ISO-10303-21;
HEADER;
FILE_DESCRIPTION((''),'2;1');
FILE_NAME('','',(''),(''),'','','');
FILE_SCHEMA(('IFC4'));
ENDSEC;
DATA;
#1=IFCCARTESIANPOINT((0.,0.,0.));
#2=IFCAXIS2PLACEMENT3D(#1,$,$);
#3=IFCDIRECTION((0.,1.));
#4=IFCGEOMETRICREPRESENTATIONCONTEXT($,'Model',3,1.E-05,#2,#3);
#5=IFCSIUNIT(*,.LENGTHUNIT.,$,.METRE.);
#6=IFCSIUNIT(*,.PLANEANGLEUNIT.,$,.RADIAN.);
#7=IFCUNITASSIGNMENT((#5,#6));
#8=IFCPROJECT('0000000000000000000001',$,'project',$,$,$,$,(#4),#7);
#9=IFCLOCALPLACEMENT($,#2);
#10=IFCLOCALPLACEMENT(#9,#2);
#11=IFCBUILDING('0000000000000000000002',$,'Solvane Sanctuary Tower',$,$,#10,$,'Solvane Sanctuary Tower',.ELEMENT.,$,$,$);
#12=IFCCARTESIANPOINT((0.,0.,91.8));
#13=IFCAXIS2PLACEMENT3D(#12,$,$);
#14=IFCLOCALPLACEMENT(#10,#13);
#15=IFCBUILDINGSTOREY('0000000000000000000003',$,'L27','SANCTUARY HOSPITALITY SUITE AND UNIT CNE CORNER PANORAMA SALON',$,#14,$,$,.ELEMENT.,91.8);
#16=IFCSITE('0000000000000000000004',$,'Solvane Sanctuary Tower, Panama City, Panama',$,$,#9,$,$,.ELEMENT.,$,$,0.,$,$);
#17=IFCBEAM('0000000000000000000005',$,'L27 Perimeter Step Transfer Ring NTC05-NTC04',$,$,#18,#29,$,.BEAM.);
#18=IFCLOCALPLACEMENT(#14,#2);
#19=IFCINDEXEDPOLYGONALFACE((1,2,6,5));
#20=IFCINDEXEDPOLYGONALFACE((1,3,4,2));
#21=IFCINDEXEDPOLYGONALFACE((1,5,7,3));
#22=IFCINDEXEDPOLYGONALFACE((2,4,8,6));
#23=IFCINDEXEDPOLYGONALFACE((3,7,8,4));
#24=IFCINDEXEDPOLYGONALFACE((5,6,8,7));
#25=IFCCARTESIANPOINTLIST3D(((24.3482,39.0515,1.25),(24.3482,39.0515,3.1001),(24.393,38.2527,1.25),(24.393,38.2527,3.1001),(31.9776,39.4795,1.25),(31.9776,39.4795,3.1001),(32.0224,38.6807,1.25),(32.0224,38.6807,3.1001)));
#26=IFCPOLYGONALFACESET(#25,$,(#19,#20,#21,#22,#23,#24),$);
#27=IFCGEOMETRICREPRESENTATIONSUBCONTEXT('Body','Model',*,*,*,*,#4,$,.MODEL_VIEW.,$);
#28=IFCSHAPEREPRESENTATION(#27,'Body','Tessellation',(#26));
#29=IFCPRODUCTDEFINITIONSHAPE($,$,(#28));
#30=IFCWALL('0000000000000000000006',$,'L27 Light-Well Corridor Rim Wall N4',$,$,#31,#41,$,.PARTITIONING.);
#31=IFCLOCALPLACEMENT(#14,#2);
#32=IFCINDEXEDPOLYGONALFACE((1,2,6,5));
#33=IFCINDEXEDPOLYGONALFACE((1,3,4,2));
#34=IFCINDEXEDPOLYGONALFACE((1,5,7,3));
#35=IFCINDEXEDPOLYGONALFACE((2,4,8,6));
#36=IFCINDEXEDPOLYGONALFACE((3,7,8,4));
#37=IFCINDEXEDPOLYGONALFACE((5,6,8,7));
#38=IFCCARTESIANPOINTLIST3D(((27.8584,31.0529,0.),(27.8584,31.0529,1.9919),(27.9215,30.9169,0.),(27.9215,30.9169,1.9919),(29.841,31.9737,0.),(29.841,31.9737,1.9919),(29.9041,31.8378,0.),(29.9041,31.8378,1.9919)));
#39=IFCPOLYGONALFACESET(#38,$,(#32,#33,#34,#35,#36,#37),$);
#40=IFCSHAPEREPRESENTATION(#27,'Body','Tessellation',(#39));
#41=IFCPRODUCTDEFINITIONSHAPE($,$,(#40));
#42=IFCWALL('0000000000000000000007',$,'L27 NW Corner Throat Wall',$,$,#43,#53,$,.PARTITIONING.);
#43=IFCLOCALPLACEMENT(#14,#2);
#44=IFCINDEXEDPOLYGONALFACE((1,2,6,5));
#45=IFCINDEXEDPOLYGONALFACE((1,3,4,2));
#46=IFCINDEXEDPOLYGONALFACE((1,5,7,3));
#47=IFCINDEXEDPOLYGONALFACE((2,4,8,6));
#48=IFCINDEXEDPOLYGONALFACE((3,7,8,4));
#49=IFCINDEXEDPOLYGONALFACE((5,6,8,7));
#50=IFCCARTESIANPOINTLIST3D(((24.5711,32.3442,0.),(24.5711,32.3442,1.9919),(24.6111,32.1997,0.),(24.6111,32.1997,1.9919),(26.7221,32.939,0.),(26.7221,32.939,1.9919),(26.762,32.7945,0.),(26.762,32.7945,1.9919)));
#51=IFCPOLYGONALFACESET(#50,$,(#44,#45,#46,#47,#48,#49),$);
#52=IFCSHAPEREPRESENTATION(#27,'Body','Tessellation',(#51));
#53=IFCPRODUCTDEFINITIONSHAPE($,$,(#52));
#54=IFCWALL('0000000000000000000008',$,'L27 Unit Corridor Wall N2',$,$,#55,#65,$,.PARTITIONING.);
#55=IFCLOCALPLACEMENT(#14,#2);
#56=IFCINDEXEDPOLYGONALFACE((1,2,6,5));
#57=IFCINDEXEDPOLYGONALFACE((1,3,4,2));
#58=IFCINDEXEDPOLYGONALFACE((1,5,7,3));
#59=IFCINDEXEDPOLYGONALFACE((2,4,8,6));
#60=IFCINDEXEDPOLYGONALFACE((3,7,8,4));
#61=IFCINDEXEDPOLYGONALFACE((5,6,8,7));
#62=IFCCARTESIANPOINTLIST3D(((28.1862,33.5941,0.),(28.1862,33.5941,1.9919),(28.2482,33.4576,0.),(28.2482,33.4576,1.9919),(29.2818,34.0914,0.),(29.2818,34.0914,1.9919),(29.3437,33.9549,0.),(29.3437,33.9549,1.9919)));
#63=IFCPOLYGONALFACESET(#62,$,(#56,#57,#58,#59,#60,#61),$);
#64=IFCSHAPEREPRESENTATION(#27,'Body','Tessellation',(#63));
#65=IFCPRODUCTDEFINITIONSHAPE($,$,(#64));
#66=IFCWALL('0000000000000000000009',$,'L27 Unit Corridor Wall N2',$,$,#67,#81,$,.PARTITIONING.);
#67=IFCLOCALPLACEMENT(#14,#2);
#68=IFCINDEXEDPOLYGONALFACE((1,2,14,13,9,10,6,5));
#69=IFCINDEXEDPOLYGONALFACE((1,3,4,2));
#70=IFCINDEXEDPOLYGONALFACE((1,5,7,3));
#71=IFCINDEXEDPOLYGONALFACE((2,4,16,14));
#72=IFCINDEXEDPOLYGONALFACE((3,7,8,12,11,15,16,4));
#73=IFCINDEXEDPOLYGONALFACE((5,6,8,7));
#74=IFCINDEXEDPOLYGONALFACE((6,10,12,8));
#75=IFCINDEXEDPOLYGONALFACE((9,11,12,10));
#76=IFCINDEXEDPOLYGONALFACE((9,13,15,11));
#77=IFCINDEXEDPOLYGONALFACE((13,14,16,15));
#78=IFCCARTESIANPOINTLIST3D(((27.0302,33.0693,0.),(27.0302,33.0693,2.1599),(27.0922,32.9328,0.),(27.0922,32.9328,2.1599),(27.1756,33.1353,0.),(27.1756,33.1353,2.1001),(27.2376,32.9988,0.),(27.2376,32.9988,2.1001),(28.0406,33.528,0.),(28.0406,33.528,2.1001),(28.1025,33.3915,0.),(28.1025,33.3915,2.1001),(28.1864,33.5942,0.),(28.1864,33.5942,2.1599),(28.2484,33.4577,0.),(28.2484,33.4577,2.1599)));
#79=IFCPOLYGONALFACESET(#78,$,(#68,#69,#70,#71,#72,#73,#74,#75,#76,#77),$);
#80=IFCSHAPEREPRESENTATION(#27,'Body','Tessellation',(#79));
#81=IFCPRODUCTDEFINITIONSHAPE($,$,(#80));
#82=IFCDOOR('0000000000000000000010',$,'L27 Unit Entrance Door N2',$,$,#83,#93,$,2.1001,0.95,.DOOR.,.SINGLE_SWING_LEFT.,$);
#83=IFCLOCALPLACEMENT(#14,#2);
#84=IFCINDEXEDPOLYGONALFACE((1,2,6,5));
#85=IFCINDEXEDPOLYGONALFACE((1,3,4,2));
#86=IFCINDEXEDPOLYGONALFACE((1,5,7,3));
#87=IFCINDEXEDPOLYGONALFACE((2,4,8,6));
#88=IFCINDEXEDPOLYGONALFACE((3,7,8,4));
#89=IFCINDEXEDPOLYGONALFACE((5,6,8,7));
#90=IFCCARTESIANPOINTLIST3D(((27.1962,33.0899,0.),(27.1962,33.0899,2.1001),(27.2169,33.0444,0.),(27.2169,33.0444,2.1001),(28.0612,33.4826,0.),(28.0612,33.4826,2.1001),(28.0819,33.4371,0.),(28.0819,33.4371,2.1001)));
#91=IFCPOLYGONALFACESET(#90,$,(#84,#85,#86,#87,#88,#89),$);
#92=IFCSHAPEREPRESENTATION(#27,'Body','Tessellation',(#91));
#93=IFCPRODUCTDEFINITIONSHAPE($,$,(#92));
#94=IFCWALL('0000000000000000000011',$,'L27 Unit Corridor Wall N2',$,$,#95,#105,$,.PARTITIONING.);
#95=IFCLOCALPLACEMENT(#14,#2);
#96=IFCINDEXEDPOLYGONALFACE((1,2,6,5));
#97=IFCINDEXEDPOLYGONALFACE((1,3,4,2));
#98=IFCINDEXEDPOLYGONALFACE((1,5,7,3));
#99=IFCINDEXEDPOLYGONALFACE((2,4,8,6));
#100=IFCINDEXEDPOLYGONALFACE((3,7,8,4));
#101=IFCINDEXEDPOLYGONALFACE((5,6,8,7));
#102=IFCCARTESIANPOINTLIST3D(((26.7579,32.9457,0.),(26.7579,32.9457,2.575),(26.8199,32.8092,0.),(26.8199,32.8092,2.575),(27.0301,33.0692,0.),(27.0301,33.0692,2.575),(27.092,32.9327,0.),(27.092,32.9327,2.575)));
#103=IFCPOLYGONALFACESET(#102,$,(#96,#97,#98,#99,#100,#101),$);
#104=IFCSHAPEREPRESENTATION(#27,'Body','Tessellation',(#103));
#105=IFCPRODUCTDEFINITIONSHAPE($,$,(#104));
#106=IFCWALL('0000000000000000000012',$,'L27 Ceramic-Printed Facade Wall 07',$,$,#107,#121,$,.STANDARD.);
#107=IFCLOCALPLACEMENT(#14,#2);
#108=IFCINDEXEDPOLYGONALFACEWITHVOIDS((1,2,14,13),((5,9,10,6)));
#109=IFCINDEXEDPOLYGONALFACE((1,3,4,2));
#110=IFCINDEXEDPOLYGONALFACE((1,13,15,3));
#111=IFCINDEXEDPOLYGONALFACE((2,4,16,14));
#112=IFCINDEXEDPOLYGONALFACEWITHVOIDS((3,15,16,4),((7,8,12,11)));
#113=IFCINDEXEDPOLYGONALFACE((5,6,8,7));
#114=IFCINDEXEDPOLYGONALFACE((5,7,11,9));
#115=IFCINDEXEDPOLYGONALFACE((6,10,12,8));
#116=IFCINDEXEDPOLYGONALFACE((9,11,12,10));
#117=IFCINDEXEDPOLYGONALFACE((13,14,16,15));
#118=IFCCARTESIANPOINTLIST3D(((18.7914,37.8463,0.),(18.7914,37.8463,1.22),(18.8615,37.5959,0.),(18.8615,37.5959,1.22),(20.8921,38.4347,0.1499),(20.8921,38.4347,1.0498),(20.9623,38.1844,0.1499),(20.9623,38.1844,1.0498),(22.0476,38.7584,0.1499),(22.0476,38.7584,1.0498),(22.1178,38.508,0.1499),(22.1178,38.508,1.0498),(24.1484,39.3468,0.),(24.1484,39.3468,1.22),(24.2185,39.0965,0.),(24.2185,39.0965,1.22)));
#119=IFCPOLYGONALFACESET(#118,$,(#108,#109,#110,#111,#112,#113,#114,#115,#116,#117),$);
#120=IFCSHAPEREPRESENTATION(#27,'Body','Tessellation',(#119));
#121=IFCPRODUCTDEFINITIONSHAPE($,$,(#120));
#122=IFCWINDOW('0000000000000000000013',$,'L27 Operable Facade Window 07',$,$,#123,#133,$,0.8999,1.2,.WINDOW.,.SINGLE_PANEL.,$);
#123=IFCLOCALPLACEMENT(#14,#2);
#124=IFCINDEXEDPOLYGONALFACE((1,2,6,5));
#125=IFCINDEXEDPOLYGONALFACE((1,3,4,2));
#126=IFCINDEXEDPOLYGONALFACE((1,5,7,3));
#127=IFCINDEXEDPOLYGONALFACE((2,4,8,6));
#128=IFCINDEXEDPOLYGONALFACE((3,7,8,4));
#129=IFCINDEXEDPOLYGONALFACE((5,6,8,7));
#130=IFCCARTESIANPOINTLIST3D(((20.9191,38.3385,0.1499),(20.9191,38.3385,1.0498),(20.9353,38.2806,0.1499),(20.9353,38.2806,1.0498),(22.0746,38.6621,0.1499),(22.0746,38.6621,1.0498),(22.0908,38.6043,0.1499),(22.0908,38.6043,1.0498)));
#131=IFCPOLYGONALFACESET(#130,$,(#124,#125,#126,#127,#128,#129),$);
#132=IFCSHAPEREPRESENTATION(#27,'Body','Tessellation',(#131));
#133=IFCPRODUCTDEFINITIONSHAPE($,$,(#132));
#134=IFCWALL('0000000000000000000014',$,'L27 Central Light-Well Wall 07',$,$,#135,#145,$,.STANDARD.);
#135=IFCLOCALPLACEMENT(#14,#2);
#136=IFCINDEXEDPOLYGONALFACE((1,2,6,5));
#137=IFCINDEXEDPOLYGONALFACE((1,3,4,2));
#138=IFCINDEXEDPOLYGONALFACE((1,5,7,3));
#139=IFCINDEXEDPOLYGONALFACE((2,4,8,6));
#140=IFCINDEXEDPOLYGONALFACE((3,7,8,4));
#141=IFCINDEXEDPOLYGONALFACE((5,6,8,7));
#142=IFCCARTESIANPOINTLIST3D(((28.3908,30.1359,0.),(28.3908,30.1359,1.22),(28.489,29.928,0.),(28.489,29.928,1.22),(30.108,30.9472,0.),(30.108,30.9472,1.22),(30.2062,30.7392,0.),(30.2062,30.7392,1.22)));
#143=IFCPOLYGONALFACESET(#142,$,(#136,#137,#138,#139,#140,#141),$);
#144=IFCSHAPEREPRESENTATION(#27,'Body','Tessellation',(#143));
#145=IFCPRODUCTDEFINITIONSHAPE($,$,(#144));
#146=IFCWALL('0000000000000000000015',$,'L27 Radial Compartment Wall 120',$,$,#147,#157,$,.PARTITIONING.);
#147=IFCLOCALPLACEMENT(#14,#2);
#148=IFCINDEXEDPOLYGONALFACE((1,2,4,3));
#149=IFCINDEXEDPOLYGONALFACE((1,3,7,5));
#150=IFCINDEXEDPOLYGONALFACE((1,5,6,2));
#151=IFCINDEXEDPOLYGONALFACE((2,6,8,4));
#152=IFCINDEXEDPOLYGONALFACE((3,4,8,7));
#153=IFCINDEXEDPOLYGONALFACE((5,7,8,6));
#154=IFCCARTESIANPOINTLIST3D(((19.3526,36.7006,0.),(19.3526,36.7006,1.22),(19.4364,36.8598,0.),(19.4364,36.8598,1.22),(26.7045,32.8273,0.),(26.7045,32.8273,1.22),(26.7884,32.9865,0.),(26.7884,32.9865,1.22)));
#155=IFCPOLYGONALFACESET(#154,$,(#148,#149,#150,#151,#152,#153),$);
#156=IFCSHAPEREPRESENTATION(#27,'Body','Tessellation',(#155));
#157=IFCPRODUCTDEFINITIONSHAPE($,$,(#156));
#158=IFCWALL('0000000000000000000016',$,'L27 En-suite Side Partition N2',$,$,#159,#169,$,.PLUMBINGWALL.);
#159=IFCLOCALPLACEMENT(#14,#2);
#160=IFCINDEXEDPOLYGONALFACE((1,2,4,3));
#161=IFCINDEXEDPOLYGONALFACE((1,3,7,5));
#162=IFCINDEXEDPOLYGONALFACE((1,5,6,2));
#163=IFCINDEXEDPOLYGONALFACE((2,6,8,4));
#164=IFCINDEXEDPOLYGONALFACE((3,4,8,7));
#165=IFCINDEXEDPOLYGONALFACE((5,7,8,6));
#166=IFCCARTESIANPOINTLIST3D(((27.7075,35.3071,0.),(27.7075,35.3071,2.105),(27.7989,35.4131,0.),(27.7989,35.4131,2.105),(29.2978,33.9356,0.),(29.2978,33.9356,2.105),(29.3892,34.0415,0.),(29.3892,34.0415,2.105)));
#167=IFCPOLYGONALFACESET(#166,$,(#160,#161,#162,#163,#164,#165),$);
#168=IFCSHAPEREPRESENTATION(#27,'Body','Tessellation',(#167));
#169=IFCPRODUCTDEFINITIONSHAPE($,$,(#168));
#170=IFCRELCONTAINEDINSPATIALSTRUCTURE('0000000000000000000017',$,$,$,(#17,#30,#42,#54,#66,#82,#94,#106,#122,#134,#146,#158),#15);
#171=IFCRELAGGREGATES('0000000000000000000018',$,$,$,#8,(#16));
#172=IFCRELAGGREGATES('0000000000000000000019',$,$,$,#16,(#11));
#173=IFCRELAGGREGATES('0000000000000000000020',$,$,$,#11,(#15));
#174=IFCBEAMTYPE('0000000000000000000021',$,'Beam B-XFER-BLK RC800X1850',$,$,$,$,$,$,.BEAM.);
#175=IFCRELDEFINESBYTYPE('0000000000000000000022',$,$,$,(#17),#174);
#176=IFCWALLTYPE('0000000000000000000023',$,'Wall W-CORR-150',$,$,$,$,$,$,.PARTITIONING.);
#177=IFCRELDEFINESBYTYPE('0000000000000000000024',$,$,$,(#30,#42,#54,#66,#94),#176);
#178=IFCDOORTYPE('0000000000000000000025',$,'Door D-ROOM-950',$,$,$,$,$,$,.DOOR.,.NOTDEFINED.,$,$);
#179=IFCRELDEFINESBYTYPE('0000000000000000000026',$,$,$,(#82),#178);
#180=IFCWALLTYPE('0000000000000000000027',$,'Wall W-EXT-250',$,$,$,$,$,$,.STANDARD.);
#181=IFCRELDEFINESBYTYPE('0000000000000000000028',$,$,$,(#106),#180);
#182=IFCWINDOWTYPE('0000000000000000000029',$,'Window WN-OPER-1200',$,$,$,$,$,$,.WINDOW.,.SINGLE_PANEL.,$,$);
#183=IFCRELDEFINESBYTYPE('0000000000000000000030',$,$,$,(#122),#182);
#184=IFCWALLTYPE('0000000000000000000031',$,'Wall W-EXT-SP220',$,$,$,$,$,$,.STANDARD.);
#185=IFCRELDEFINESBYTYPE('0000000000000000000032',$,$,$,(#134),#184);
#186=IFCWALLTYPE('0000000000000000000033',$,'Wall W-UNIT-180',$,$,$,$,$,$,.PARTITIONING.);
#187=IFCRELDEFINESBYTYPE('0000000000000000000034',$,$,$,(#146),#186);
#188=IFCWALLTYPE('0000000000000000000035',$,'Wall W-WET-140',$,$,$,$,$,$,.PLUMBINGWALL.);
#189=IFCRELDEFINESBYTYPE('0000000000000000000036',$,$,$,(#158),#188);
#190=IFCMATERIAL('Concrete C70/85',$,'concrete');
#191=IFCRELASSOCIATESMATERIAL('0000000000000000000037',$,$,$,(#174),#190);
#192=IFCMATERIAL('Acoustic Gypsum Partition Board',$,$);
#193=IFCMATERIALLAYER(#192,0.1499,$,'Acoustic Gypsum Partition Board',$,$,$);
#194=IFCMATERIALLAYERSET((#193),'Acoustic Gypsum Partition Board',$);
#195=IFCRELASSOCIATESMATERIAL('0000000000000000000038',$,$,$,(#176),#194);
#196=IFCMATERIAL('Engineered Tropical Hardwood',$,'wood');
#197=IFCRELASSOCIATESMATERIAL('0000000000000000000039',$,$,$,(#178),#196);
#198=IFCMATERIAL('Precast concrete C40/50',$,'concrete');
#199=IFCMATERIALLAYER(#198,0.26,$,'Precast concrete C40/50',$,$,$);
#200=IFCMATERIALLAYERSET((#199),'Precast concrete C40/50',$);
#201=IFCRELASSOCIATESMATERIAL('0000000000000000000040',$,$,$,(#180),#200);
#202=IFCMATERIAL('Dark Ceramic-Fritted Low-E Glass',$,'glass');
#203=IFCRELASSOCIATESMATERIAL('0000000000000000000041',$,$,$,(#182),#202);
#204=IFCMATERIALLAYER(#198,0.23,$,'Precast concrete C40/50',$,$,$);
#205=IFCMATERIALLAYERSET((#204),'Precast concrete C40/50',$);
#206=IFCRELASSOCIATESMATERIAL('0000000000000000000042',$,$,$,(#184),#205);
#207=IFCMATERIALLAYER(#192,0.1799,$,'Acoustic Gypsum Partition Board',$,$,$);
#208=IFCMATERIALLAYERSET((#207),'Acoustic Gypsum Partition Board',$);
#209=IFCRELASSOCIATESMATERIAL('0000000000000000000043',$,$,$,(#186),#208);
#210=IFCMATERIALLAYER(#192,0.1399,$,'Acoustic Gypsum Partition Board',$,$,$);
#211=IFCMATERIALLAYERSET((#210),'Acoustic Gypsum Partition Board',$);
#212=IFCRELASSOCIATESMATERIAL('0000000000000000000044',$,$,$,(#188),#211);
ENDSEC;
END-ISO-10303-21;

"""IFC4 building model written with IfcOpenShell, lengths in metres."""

from ifc_helpers import new_model, si_unit, direction, frame, frame_2d, origin, origin_2d, place, context, subcontext, project, spatial, rectangle, extrude, material, layer, layer_set, material_profile, profile_set, type_object, element, fill, save


model = new_model("IFC4")

# Units and contexts
model_context = context("Model", 3, precision=1e-05, world=origin(), true_north=direction((0.0, 1.0)))
body_context = subcontext(model_context, "Body", "Model", "MODEL_VIEW")
ifc_project = project(units=[si_unit("LENGTHUNIT", "METRE"), si_unit("PLANEANGLEUNIT", "RADIAN")], contexts=[model_context])

# Site, building, storey
site_placement = place(None, origin())
site = spatial("IfcSite", under=ifc_project, at=site_placement, Name="Solvane Sanctuary Tower, Panama City, Panama", CompositionType="ELEMENT", RefElevation=0.0)
building_placement = place(site_placement, origin())
building = spatial("IfcBuilding", under=site, at=building_placement, Name="Solvane Sanctuary Tower", LongName="Solvane Sanctuary Tower", CompositionType="ELEMENT")
storey_placement = place(building_placement, frame((0.0, 0.0, 91.8)))
storey = spatial("IfcBuildingStorey", under=building, at=storey_placement, Name="L27", Description="SANCTUARY HOSPITALITY SUITE AND UNIT CNE CORNER PANORAMA SALON", CompositionType="ELEMENT", Elevation=91.8)

# Beam
ifc_material_1 = material(Name="Concrete C70/85", Category="concrete")
ifc_material_profile_1 = material_profile(ifc_material_1, rectangle(XDim=0.8, YDim=1.8501, at=origin_2d()), Name="RC800X1850")
ifc_profile_set_1 = profile_set([ifc_material_profile_1], Name="Concrete C70/85")
beam_type_1 = type_object("IfcBeamType", Name="Beam B-XFER-BLK RC800X1850", PredefinedType="BEAM", material=ifc_profile_set_1)
beam_1_placement = place(storey_placement, frame((24.3706, 38.6521, 2.175), z_axis=(0.99843, 0.056008, 0.0), x_axis=(-0.056008, 0.99843, 0.0)))
element("IfcBeam", 1, at=beam_1_placement, inside=storey, type_object=beam_type_1, Name="L27 Perimeter Step Transfer Ring NTC05-NTC04", PredefinedType="BEAM", context=body_context, shape_type="SweptSolid", body=[
    extrude(rectangle(XDim=0.8, YDim=1.8501, at=origin_2d()), origin(), (0.0, 0.0, 1.0), 7.6414),
])

# Walls
ifc_material_2 = material(Name="Acoustic Gypsum Partition Board")
ifc_layer_1 = layer(ifc_material_2, 0.1499, Name="Acoustic Gypsum Partition Board")
ifc_layer_set_1 = layer_set([ifc_layer_1], Name="Acoustic Gypsum Partition Board")
wall_type_1 = type_object("IfcWallType", Name="Wall W-CORR-150", PredefinedType="PARTITIONING", material=ifc_layer_set_1)
wall_1_placement = place(storey_placement, frame((29.8726, 31.9058, 0.0), z_axis=(0.0, 0.0, 1.0), x_axis=(-0.906943, -0.421252, 0.0)))
element("IfcWall", 2, at=wall_1_placement, inside=storey, type_object=wall_type_1, Name="L27 Light-Well Corridor Rim Wall N4", PredefinedType="PARTITIONING", context=body_context, shape_type="SweptSolid", body=[
    extrude(rectangle(XDim=2.186, YDim=0.1499, at=frame_2d((1.093, 0.0))), origin(), (0.0, 0.0, 1.0), 1.9919),
])
wall_2_placement = place(storey_placement, frame((26.7419, 32.8667, 0.0), z_axis=(0.0, 0.0, 1.0), x_axis=(-0.963834, -0.266504, 0.0)))
element("IfcWall", 3, at=wall_2_placement, inside=storey, type_object=wall_type_1, Name="L27 NW Corner Throat Wall", PredefinedType="PARTITIONING", context=body_context, shape_type="SweptSolid", body=[
    extrude(rectangle(XDim=2.2317, YDim=0.1499, at=frame_2d((1.1157, 0.0))), origin(), (0.0, 0.0, 1.0), 1.9919),
])
wall_3_placement = place(storey_placement, frame((29.3127, 34.0232, 0.0), z_axis=(0.0, 0.0, 1.0), x_axis=(-0.910561, -0.413375, 0.0)))
element("IfcWall", 4, at=wall_3_placement, inside=storey, type_object=wall_type_1, Name="L27 Unit Corridor Wall N2", PredefinedType="PARTITIONING", context=body_context, shape_type="SweptSolid", body=[
    extrude(rectangle(XDim=1.2031, YDim=0.1499, at=frame_2d((0.6016, 0.0))), origin(), (0.0, 0.0, 1.0), 1.9919),
])

# Wall, opening, door
wall_4_placement = place(storey_placement, frame((28.2173, 33.5259, 0.0), z_axis=(0.0, 0.0, 1.0), x_axis=(-0.910564, -0.413368, 0.0)))
wall_4 = element("IfcWall", 5, at=wall_4_placement, inside=storey, type_object=wall_type_1, Name="L27 Unit Corridor Wall N2", PredefinedType="PARTITIONING", context=body_context, shape_type="SweptSolid", body=[
    extrude(rectangle(XDim=1.2698, YDim=0.1499, at=frame_2d((0.6348, 0.0))), origin(), (0.0, 0.0, 1.0), 2.1599),
])
opening_1_placement = place(wall_4_placement, frame((0.1599, 0.0, 0.0)))
opening_1 = element("IfcOpeningElement", 6, at=opening_1_placement, cuts=wall_4, PredefinedType="OPENING", context=body_context, shape_type="SweptSolid", body=[
    extrude(rectangle(XDim=0.95, YDim=2.1001, at=frame_2d((0.4751, 1.05))), frame((0.0, 0.085, 0.0), z_axis=(0.0, -1.0, 0.0), x_axis=(1.0, 0.0, 0.0)), (0.0, 0.0, 1.0), 0.1699),
])
ifc_material_3 = material(Name="Engineered Tropical Hardwood", Category="wood")
door_type_1 = type_object("IfcDoorType", Name="Door D-ROOM-950", OperationType="NOTDEFINED", PredefinedType="DOOR", material=ifc_material_3)
door_1_placement = place(opening_1_placement, origin())
door_1 = element("IfcDoor", 7, at=door_1_placement, inside=storey, type_object=door_type_1, Name="L27 Unit Entrance Door N2", OperationType="SINGLE_SWING_LEFT", OverallHeight=2.1001, OverallWidth=0.95, PredefinedType="DOOR", context=body_context, shape_type="SweptSolid", body=[
    extrude(rectangle(XDim=0.95, YDim=2.1001, at=frame_2d((0.4751, 1.05))), frame((0.0, 0.0249, 0.0), z_axis=(0.0, -1.0, 0.0), x_axis=(1.0, 0.0, 0.0)), (0.0, 0.0, 1.0), 0.05),
])
fill(opening_1, door_1)

# Wall
wall_5_placement = place(storey_placement, frame((27.061, 33.001, 0.0), z_axis=(0.0, 0.0, 1.0), x_axis=(-0.910618, -0.413249, 0.0)))
element("IfcWall", 8, at=wall_5_placement, inside=storey, type_object=wall_type_1, Name="L27 Unit Corridor Wall N2", PredefinedType="PARTITIONING", context=body_context, shape_type="SweptSolid", body=[
    extrude(rectangle(XDim=0.2988, YDim=0.1499, at=frame_2d((0.1494, 0.0))), origin(), (0.0, 0.0, 1.0), 2.575),
])

# Wall, opening, window
ifc_material_4 = material(Name="Precast concrete C40/50", Category="concrete")
ifc_layer_2 = layer(ifc_material_4, 0.26, Name="Precast concrete C40/50")
ifc_layer_set_2 = layer_set([ifc_layer_2], Name="Precast concrete C40/50")
wall_type_2 = type_object("IfcWallType", Name="Wall W-EXT-250", PredefinedType="STANDARD", material=ifc_layer_set_2)
wall_6_placement = place(storey_placement, frame((24.1836, 39.2217, 0.0), z_axis=(0.0, 0.0, 1.0), x_axis=(-0.962938, -0.269721, 0.0)))
wall_6 = element("IfcWall", 9, at=wall_6_placement, inside=storey, type_object=wall_type_2, Name="L27 Ceramic-Printed Facade Wall 07", PredefinedType="STANDARD", context=body_context, shape_type="SweptSolid", body=[
    extrude(rectangle(XDim=5.5632, YDim=0.26, at=frame_2d((2.7817, 0.0))), origin(), (0.0, 0.0, 1.0), 1.22),
])
opening_2_placement = place(wall_6_placement, frame((2.1816, 0.0, 0.1499)))
opening_2 = element("IfcOpeningElement", 10, at=opening_2_placement, cuts=wall_6, PredefinedType="OPENING", context=body_context, shape_type="SweptSolid", body=[
    extrude(rectangle(XDim=1.2, YDim=0.8999, at=frame_2d((0.6001, 0.45))), frame((0.0, 0.1399, 0.0), z_axis=(0.0, -1.0, 0.0), x_axis=(1.0, 0.0, 0.0)), (0.0, 0.0, 1.0), 0.28),
])
ifc_material_5 = material(Name="Dark Ceramic-Fritted Low-E Glass", Category="glass")
window_type = type_object("IfcWindowType", Name="Window WN-OPER-1200", PartitioningType="SINGLE_PANEL", PredefinedType="WINDOW", material=ifc_material_5)
window_placement = place(opening_2_placement, origin())
window = element("IfcWindow", 11, at=window_placement, inside=storey, type_object=window_type, Name="L27 Operable Facade Window 07", OverallHeight=0.8999, OverallWidth=1.2, PartitioningType="SINGLE_PANEL", PredefinedType="WINDOW", context=body_context, shape_type="SweptSolid", body=[
    extrude(rectangle(XDim=1.2, YDim=0.8999, at=frame_2d((0.6001, 0.45))), frame((0.0, 0.03, 0.0), z_axis=(0.0, -1.0, 0.0), x_axis=(1.0, 0.0, 0.0)), (0.0, 0.0, 1.0), 0.0601),
])
fill(opening_2, window)

# Walls
ifc_layer_3 = layer(ifc_material_4, 0.23, Name="Precast concrete C40/50")
ifc_layer_set_3 = layer_set([ifc_layer_3], Name="Precast concrete C40/50")
wall_type_3 = type_object("IfcWallType", Name="Wall W-EXT-SP220", PredefinedType="STANDARD", material=ifc_layer_set_3)
wall_7_placement = place(storey_placement, frame((30.1572, 30.8433, 0.0), z_axis=(0.0, 0.0, 1.0), x_axis=(-0.90418, -0.427152, 0.0)))
element("IfcWall", 12, at=wall_7_placement, inside=storey, type_object=wall_type_3, Name="L27 Central Light-Well Wall 07", PredefinedType="STANDARD", context=body_context, shape_type="SweptSolid", body=[
    extrude(rectangle(XDim=1.8992, YDim=0.23, at=frame_2d((0.9497, 0.0))), origin(), (0.0, 0.0, 1.0), 1.22),
])
ifc_layer_4 = layer(ifc_material_2, 0.1799, Name="Acoustic Gypsum Partition Board")
ifc_layer_set_4 = layer_set([ifc_layer_4], Name="Acoustic Gypsum Partition Board")
wall_type_4 = type_object("IfcWallType", Name="Wall W-UNIT-180", PredefinedType="PARTITIONING", material=ifc_layer_set_4)
wall_8_placement = place(storey_placement, frame((26.7463, 32.907, 0.0), z_axis=(0.0, 0.0, 1.0), x_axis=(-0.88473, 0.466104, 0.0)))
element("IfcWall", 13, at=wall_8_placement, inside=storey, type_object=wall_type_4, Name="L27 Radial Compartment Wall 120", PredefinedType="PARTITIONING", context=body_context, shape_type="SweptSolid", body=[
    extrude(rectangle(XDim=8.3098, YDim=0.1799, at=frame_2d((4.1548, 0.0))), origin(), (0.0, 0.0, 1.0), 1.22),
])
ifc_layer_5 = layer(ifc_material_2, 0.1399, Name="Acoustic Gypsum Partition Board")
ifc_layer_set_5 = layer_set([ifc_layer_5], Name="Acoustic Gypsum Partition Board")
wall_type_5 = type_object("IfcWallType", Name="Wall W-WET-140", PredefinedType="PLUMBINGWALL", material=ifc_layer_set_5)
wall_9_placement = place(storey_placement, frame((29.3435, 33.9885, 0.0), z_axis=(0.0, 0.0, 1.0), x_axis=(-0.757267, 0.653105, 0.0)))
element("IfcWall", 14, at=wall_9_placement, inside=storey, type_object=wall_type_5, Name="L27 En-suite Side Partition N2", PredefinedType="PLUMBINGWALL", context=body_context, shape_type="SweptSolid", body=[
    extrude(rectangle(XDim=2.1001, YDim=0.1399, at=frame_2d((1.05, 0.0))), origin(), (0.0, 0.0, 1.0), 2.105),
])

save(model, "model.ifc")
